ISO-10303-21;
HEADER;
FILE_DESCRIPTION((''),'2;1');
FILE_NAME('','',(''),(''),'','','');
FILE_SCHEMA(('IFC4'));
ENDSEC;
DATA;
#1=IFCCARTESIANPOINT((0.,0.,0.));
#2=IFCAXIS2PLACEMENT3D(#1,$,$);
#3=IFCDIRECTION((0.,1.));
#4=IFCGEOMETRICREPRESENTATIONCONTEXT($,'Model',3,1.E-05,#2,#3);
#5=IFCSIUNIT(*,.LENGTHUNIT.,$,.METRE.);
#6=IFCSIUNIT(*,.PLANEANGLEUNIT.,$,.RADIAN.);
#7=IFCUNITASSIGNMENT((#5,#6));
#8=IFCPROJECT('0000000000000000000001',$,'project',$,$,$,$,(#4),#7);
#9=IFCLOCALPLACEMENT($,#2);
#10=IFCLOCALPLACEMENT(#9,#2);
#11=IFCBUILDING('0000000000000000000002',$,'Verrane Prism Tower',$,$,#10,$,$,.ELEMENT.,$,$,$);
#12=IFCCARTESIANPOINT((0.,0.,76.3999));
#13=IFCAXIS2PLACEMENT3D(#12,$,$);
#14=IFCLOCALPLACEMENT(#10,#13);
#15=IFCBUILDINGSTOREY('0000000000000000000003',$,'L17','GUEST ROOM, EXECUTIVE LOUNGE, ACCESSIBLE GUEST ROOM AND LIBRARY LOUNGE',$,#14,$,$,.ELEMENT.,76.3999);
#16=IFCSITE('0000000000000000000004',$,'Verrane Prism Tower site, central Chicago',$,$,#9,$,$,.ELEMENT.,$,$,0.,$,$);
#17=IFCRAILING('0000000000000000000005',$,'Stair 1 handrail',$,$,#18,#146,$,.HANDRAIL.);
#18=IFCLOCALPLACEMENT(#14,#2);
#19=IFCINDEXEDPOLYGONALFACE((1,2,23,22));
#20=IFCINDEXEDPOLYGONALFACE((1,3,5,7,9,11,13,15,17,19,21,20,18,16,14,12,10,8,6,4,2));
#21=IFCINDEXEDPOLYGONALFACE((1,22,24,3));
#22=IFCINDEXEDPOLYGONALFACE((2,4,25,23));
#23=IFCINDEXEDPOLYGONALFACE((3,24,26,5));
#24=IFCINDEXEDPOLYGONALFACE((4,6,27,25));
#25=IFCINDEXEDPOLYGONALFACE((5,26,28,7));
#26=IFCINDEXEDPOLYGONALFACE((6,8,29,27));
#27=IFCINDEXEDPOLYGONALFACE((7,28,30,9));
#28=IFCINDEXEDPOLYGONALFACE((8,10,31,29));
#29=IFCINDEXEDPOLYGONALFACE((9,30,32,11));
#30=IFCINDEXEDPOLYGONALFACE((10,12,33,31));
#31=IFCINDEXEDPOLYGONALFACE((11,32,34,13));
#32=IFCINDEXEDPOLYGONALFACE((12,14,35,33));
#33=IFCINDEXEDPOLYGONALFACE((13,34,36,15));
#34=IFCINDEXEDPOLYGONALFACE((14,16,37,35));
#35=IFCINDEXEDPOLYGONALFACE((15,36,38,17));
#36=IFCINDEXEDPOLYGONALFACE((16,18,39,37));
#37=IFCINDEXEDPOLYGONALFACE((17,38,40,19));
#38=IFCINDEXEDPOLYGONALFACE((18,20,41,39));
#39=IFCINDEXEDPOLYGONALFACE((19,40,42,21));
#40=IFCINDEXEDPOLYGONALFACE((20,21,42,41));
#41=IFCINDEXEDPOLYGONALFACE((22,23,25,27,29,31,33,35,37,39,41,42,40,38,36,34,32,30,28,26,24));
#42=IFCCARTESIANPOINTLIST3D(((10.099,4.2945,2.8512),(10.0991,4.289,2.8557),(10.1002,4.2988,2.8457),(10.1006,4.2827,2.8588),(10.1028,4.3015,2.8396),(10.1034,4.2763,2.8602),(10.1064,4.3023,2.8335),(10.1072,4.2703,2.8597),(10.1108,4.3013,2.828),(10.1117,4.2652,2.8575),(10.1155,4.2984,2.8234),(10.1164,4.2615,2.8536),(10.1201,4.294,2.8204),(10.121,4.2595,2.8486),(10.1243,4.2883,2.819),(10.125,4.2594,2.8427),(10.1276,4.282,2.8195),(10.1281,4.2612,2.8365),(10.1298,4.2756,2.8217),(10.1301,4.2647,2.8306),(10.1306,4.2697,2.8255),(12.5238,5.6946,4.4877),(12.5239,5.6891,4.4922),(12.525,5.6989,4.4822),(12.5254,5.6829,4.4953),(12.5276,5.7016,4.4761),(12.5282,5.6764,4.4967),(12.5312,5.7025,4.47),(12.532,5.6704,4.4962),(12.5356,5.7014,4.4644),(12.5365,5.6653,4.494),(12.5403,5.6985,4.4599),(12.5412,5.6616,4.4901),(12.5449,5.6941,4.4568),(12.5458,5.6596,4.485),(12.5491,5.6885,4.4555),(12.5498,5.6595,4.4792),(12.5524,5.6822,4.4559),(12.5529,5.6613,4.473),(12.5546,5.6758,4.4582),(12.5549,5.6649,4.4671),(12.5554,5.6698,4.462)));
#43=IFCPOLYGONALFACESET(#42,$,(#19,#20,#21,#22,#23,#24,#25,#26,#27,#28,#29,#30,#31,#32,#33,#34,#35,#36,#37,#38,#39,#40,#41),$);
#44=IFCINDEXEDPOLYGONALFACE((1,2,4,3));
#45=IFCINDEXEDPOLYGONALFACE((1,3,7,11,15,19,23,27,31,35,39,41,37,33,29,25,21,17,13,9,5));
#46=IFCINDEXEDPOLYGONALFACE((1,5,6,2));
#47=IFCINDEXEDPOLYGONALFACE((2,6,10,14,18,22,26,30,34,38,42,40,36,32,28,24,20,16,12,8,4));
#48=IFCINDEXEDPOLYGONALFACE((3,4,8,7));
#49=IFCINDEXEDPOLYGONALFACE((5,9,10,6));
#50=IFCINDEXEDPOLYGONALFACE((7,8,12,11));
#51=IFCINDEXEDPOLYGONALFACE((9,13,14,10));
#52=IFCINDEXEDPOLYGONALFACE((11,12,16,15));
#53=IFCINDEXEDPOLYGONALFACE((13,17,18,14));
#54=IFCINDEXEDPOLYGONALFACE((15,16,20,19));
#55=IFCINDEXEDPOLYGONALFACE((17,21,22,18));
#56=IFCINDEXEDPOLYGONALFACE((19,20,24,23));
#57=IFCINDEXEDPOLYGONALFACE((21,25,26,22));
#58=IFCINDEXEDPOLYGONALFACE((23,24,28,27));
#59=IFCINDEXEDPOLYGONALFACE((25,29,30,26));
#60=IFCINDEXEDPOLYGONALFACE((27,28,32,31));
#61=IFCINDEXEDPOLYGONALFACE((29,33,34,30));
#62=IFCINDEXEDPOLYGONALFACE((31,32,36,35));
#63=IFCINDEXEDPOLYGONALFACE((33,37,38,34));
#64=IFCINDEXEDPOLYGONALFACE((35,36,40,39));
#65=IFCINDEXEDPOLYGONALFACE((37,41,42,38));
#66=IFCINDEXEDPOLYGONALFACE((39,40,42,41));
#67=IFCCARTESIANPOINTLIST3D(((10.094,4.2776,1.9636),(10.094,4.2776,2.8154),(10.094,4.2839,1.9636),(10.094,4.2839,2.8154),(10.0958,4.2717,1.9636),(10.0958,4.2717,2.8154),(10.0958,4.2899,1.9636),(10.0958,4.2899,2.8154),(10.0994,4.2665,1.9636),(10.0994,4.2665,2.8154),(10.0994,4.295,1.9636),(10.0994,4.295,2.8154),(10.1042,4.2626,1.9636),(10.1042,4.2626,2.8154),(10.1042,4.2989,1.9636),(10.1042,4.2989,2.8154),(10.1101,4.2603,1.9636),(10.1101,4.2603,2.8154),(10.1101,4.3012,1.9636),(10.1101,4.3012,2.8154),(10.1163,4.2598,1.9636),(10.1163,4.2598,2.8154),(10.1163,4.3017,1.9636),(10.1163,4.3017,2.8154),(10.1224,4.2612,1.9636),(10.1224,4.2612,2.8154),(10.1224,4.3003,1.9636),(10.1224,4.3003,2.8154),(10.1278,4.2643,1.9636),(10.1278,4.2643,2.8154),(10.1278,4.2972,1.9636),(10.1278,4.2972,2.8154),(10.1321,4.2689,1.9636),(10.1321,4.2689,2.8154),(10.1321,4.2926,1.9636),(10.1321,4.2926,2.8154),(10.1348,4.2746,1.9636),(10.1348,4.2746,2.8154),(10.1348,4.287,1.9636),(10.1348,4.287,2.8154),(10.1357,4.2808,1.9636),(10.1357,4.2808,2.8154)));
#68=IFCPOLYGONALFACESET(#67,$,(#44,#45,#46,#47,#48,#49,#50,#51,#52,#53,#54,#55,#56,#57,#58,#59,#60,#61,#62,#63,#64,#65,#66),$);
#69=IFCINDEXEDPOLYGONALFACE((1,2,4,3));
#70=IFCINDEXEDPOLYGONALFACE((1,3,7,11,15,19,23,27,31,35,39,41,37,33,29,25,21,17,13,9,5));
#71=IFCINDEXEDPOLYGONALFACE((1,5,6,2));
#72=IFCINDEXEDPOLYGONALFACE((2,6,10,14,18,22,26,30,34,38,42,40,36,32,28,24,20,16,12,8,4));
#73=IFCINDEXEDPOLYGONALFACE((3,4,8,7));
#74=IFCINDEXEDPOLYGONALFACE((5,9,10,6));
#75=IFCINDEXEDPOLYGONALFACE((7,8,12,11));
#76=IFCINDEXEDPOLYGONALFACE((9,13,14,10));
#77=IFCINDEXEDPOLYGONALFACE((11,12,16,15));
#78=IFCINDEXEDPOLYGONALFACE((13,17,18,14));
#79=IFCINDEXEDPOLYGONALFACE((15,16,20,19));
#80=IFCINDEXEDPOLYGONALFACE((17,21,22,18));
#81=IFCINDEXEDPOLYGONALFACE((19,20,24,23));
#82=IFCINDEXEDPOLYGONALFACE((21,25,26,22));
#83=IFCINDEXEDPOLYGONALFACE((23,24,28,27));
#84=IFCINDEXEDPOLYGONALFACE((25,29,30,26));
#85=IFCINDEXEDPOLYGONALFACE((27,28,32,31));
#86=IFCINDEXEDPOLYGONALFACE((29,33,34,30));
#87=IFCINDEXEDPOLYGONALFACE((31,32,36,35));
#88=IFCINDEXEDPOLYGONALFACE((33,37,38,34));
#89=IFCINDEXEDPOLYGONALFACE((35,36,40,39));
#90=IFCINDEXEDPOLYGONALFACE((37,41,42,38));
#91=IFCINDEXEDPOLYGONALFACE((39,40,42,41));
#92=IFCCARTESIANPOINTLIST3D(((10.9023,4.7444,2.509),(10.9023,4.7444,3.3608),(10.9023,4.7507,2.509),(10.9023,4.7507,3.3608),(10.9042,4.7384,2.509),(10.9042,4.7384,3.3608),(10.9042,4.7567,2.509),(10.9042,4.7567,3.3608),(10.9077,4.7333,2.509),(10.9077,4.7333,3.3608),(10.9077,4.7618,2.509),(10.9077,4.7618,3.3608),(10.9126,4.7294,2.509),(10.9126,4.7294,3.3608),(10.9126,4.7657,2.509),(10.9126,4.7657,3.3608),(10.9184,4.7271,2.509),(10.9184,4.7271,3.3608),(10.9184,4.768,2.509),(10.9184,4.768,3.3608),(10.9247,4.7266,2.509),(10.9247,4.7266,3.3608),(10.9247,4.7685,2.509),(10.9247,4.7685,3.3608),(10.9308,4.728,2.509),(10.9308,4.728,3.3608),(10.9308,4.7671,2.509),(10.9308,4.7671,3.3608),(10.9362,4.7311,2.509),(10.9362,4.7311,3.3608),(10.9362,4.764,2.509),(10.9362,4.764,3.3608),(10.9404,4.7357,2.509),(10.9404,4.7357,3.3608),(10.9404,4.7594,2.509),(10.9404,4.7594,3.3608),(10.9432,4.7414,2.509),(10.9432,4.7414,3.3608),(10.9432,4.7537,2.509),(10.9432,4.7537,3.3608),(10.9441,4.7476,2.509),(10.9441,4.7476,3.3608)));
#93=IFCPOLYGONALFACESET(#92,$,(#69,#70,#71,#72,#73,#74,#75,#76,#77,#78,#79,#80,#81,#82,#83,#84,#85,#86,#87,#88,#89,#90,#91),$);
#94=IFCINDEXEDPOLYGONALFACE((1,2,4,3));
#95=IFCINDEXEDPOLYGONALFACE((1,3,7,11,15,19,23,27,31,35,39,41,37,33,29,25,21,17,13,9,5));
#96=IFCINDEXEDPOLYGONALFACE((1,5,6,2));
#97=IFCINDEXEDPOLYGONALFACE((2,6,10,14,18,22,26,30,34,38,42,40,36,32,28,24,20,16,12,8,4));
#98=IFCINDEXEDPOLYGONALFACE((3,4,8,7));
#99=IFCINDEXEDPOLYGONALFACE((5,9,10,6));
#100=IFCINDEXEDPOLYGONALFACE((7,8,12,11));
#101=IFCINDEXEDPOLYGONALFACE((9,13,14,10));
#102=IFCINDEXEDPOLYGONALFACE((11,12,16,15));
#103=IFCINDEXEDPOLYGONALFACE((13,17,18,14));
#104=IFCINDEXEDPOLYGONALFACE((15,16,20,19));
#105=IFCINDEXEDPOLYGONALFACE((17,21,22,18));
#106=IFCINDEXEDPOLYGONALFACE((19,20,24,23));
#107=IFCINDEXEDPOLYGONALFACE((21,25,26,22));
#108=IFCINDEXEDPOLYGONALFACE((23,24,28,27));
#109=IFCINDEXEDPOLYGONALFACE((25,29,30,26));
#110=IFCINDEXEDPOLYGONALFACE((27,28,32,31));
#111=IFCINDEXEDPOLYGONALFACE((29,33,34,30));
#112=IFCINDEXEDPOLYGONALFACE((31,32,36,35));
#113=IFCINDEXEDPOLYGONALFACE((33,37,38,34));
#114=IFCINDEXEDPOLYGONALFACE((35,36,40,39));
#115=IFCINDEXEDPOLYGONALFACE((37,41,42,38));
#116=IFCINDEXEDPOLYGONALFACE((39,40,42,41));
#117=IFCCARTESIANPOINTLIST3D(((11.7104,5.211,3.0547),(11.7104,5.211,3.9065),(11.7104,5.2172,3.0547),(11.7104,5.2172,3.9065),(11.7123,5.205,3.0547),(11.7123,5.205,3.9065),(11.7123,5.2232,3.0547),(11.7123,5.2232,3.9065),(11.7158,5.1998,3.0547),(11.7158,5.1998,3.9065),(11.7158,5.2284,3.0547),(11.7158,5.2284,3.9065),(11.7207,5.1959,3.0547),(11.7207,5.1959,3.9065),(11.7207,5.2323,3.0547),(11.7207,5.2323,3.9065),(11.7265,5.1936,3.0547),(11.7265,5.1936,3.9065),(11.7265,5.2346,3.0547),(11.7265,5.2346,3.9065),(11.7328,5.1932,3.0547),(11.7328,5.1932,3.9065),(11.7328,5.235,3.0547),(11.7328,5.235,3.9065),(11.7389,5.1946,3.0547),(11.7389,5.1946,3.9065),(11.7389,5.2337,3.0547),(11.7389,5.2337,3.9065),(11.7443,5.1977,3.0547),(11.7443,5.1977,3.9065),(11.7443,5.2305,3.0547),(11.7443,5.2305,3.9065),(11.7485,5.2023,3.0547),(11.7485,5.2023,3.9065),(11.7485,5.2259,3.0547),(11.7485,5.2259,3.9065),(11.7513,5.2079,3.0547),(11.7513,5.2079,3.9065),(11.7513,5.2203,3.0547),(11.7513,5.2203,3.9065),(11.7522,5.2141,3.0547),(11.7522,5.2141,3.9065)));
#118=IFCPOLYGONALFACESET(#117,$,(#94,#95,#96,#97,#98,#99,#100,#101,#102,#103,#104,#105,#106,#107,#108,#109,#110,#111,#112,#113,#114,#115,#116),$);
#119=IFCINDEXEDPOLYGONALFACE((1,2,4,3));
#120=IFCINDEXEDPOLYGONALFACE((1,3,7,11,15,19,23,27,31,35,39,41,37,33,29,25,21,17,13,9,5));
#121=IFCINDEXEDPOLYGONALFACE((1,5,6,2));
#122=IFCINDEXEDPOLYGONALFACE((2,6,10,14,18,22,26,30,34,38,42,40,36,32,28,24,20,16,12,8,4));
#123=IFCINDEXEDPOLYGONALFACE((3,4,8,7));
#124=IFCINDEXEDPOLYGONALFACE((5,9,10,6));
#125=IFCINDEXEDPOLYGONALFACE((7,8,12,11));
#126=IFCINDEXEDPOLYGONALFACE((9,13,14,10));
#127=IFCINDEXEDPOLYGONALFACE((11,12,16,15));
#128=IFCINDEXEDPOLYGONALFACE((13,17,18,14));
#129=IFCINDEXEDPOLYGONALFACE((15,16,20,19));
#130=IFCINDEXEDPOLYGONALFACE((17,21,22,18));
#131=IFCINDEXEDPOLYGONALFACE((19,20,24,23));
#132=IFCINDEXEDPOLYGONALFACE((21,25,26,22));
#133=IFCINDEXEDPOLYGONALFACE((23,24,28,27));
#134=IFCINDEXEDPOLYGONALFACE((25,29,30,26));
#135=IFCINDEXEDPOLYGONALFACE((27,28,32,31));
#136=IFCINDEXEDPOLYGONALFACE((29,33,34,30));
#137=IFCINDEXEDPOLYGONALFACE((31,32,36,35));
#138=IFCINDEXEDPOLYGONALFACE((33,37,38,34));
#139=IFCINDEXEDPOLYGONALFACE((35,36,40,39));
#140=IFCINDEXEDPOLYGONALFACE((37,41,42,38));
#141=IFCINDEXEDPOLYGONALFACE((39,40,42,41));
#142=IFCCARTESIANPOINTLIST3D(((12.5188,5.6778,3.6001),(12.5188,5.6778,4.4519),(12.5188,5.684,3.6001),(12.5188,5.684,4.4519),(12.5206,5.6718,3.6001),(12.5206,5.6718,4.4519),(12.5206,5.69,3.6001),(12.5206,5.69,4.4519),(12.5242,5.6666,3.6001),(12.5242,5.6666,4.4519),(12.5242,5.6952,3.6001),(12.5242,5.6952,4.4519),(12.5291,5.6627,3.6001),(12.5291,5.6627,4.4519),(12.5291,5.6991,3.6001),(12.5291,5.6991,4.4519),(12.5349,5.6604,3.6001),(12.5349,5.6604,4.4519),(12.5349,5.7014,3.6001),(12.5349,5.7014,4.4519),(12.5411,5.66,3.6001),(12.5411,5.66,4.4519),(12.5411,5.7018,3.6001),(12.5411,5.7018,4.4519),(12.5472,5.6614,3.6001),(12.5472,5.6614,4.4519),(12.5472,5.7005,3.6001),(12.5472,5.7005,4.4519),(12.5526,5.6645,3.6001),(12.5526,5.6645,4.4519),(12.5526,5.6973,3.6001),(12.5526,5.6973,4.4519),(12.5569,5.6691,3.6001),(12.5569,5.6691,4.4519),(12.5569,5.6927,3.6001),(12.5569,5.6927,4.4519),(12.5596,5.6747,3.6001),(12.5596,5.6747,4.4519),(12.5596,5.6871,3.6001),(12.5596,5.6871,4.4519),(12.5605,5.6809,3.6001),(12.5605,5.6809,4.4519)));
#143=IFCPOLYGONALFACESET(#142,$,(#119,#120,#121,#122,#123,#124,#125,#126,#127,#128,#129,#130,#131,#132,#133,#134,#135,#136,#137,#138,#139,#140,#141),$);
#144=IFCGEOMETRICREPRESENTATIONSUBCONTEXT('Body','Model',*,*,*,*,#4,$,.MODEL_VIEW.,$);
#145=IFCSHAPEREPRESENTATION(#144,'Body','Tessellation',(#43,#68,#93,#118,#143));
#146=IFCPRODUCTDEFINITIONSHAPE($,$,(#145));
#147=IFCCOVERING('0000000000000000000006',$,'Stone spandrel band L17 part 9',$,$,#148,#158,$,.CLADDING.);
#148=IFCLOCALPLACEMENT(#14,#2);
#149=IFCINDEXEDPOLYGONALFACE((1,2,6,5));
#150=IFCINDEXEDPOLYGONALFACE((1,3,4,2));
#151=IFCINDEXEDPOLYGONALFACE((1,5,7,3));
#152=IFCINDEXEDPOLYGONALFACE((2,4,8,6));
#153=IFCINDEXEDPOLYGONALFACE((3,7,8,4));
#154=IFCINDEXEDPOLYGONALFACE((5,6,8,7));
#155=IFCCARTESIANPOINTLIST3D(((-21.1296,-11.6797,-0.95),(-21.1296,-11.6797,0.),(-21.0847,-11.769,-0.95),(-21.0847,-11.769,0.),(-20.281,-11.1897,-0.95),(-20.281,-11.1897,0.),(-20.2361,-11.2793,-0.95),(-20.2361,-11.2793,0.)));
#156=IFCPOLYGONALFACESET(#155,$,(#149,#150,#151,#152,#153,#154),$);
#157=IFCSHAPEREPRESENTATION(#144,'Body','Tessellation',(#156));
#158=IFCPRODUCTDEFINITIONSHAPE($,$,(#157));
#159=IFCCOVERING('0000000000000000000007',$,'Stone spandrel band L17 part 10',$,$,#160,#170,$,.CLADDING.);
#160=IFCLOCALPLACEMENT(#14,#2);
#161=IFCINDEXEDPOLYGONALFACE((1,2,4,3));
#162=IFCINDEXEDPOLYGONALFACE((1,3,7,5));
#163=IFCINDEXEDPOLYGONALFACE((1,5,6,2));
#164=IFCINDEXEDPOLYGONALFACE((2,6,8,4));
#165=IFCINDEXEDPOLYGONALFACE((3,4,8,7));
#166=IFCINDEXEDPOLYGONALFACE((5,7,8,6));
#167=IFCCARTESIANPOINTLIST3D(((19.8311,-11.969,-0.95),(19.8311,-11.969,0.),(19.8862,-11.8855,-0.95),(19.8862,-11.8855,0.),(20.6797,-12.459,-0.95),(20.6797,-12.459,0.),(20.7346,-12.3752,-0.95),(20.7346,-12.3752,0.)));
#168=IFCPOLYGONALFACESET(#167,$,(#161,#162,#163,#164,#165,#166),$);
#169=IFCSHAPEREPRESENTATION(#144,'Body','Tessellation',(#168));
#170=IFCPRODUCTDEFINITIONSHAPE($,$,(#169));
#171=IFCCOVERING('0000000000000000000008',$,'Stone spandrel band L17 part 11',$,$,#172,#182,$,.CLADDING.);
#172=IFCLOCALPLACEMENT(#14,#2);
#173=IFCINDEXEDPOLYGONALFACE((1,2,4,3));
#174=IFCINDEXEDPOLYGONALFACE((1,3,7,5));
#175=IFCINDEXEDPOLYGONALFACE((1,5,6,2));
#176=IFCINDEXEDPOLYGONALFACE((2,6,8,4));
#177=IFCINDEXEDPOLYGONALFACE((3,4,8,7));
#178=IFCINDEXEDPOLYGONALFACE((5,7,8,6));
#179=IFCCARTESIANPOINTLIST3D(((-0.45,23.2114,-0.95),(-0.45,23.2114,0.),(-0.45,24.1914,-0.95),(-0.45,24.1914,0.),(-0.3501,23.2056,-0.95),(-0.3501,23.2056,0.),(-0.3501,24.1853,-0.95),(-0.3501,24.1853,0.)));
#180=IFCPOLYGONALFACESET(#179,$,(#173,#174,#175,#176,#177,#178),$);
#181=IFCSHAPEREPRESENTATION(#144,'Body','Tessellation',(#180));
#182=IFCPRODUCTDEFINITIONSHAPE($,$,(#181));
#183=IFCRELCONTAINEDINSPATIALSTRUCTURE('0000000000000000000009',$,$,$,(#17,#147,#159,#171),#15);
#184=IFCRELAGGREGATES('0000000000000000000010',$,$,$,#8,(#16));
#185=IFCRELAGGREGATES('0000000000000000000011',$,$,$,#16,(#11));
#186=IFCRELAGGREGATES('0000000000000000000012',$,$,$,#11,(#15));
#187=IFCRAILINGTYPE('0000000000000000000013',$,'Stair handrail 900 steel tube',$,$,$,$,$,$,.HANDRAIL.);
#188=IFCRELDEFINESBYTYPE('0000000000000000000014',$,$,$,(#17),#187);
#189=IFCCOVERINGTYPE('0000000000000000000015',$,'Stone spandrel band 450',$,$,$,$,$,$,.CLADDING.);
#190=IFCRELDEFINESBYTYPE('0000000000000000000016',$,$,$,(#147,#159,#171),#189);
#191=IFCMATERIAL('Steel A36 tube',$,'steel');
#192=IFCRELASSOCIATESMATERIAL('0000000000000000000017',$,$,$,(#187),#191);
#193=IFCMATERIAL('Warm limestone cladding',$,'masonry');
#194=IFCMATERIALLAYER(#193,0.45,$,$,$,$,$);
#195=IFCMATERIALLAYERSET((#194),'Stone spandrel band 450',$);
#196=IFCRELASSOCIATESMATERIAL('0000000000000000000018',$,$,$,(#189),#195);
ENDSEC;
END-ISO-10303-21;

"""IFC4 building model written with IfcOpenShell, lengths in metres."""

from ifc_helpers import new_model, si_unit, direction, frame, origin, origin_2d, place, context, subcontext, project, spatial, polyline, circle, outline, extrude, material, layer, layer_set, type_object, element, save


model = new_model("IFC4")

# Units and contexts
model_context = context("Model", 3, precision=1e-05, world=origin(), true_north=direction((0.0, 1.0)))
body_context = subcontext(model_context, "Body", "Model", "MODEL_VIEW")
ifc_project = project(units=[si_unit("LENGTHUNIT", "METRE"), si_unit("PLANEANGLEUNIT", "RADIAN")], contexts=[model_context])

# Site, building, storey
site_placement = place(None, origin())
site = spatial("IfcSite", under=ifc_project, at=site_placement, Name="Verrane Prism Tower site, central Chicago", CompositionType="ELEMENT", RefElevation=0.0)
building_placement = place(site_placement, origin())
building = spatial("IfcBuilding", under=site, at=building_placement, Name="Verrane Prism Tower", CompositionType="ELEMENT")
storey_placement = place(building_placement, frame((0.0, 0.0, 76.3999)))
storey = spatial("IfcBuildingStorey", under=building, at=storey_placement, Name="L17", Description="GUEST ROOM, EXECUTIVE LOUNGE, ACCESSIBLE GUEST ROOM AND LIBRARY LOUNGE", CompositionType="ELEMENT", Elevation=76.3999)

# Railing
ifc_material_1 = material(Name="Steel A36 tube", Category="steel")
railing_type_1 = type_object("IfcRailingType", Name="Stair handrail 900 steel tube", PredefinedType="HANDRAIL", material=ifc_material_1)
railing_1_placement = place(storey_placement, frame((10.1147, 4.2808, 1.9636)))
element("IfcRailing", 1, at=railing_1_placement, inside=storey, type_object=railing_type_1, Name="Stair 1 handrail", PredefinedType="HANDRAIL", context=body_context, shape_type="SweptSolid", body=[
    extrude(circle(Radius=0.0239, at=origin_2d()), frame((0.0, 0.0, 0.876), z_axis=(0.747666, 0.431722, 0.504591), x_axis=(-0.50005, 0.865997, 0.0)), (0.0, 0.0, 1.0), 3.2432),
    extrude(circle(Radius=0.021, at=origin_2d()), origin(), (0.0, 0.0, 1.0), 0.8518),
    extrude(circle(Radius=0.021, at=origin_2d()), frame((0.8083, 0.4668, 0.5454)), (0.0, 0.0, 1.0), 0.8518),
    extrude(circle(Radius=0.021, at=origin_2d()), frame((1.6165, 0.9333, 1.0911)), (0.0, 0.0, 1.0), 0.8518),
    extrude(circle(Radius=0.021, at=origin_2d()), frame((2.4248, 1.4001, 1.6365)), (0.0, 0.0, 1.0), 0.8518),
])

# Coverings
ifc_material_2 = material(Name="Warm limestone cladding", Category="masonry")
ifc_layer_1 = layer(ifc_material_2, 0.45)
ifc_layer_set_1 = layer_set([ifc_layer_1], Name="Stone spandrel band 450")
covering_type = type_object("IfcCoveringType", Name="Stone spandrel band 450", PredefinedType="CLADDING", material=ifc_layer_set_1)
covering_1_placement = place(storey_placement, frame((0.0, 0.0, -0.95)))
element("IfcCovering", 2, at=covering_1_placement, inside=storey, type_object=covering_type, Name="Stone spandrel band L17 part 9", PredefinedType="CLADDING", context=body_context, shape_type="SweptSolid", body=[
    extrude(outline(polyline([(-20.281, -11.1897), (-21.1296, -11.6797), (-21.0847, -11.769), (-20.2361, -11.2793), (-20.281, -11.1897)])), origin(), (0.0, 0.0, 1.0), 0.95),
])
covering_2_placement = place(storey_placement, frame((0.0, 0.0, -0.95)))
element("IfcCovering", 3, at=covering_2_placement, inside=storey, type_object=covering_type, Name="Stone spandrel band L17 part 10", PredefinedType="CLADDING", context=body_context, shape_type="SweptSolid", body=[
    extrude(outline(polyline([(19.8311, -11.969), (20.6797, -12.459), (20.7346, -12.3752), (19.8862, -11.8855), (19.8311, -11.969)])), origin(), (0.0, 0.0, 1.0), 0.95),
])
covering_3_placement = place(storey_placement, frame((0.0, 0.0, -0.95)))
element("IfcCovering", 4, at=covering_3_placement, inside=storey, type_object=covering_type, Name="Stone spandrel band L17 part 11", PredefinedType="CLADDING", context=body_context, shape_type="SweptSolid", body=[
    extrude(outline(polyline([(-0.3501, 24.1853), (-0.45, 24.1914), (-0.45, 23.2114), (-0.3501, 23.2056), (-0.3501, 24.1853)])), origin(), (0.0, 0.0, 1.0), 0.95),
])

save(model, "model.ifc")
